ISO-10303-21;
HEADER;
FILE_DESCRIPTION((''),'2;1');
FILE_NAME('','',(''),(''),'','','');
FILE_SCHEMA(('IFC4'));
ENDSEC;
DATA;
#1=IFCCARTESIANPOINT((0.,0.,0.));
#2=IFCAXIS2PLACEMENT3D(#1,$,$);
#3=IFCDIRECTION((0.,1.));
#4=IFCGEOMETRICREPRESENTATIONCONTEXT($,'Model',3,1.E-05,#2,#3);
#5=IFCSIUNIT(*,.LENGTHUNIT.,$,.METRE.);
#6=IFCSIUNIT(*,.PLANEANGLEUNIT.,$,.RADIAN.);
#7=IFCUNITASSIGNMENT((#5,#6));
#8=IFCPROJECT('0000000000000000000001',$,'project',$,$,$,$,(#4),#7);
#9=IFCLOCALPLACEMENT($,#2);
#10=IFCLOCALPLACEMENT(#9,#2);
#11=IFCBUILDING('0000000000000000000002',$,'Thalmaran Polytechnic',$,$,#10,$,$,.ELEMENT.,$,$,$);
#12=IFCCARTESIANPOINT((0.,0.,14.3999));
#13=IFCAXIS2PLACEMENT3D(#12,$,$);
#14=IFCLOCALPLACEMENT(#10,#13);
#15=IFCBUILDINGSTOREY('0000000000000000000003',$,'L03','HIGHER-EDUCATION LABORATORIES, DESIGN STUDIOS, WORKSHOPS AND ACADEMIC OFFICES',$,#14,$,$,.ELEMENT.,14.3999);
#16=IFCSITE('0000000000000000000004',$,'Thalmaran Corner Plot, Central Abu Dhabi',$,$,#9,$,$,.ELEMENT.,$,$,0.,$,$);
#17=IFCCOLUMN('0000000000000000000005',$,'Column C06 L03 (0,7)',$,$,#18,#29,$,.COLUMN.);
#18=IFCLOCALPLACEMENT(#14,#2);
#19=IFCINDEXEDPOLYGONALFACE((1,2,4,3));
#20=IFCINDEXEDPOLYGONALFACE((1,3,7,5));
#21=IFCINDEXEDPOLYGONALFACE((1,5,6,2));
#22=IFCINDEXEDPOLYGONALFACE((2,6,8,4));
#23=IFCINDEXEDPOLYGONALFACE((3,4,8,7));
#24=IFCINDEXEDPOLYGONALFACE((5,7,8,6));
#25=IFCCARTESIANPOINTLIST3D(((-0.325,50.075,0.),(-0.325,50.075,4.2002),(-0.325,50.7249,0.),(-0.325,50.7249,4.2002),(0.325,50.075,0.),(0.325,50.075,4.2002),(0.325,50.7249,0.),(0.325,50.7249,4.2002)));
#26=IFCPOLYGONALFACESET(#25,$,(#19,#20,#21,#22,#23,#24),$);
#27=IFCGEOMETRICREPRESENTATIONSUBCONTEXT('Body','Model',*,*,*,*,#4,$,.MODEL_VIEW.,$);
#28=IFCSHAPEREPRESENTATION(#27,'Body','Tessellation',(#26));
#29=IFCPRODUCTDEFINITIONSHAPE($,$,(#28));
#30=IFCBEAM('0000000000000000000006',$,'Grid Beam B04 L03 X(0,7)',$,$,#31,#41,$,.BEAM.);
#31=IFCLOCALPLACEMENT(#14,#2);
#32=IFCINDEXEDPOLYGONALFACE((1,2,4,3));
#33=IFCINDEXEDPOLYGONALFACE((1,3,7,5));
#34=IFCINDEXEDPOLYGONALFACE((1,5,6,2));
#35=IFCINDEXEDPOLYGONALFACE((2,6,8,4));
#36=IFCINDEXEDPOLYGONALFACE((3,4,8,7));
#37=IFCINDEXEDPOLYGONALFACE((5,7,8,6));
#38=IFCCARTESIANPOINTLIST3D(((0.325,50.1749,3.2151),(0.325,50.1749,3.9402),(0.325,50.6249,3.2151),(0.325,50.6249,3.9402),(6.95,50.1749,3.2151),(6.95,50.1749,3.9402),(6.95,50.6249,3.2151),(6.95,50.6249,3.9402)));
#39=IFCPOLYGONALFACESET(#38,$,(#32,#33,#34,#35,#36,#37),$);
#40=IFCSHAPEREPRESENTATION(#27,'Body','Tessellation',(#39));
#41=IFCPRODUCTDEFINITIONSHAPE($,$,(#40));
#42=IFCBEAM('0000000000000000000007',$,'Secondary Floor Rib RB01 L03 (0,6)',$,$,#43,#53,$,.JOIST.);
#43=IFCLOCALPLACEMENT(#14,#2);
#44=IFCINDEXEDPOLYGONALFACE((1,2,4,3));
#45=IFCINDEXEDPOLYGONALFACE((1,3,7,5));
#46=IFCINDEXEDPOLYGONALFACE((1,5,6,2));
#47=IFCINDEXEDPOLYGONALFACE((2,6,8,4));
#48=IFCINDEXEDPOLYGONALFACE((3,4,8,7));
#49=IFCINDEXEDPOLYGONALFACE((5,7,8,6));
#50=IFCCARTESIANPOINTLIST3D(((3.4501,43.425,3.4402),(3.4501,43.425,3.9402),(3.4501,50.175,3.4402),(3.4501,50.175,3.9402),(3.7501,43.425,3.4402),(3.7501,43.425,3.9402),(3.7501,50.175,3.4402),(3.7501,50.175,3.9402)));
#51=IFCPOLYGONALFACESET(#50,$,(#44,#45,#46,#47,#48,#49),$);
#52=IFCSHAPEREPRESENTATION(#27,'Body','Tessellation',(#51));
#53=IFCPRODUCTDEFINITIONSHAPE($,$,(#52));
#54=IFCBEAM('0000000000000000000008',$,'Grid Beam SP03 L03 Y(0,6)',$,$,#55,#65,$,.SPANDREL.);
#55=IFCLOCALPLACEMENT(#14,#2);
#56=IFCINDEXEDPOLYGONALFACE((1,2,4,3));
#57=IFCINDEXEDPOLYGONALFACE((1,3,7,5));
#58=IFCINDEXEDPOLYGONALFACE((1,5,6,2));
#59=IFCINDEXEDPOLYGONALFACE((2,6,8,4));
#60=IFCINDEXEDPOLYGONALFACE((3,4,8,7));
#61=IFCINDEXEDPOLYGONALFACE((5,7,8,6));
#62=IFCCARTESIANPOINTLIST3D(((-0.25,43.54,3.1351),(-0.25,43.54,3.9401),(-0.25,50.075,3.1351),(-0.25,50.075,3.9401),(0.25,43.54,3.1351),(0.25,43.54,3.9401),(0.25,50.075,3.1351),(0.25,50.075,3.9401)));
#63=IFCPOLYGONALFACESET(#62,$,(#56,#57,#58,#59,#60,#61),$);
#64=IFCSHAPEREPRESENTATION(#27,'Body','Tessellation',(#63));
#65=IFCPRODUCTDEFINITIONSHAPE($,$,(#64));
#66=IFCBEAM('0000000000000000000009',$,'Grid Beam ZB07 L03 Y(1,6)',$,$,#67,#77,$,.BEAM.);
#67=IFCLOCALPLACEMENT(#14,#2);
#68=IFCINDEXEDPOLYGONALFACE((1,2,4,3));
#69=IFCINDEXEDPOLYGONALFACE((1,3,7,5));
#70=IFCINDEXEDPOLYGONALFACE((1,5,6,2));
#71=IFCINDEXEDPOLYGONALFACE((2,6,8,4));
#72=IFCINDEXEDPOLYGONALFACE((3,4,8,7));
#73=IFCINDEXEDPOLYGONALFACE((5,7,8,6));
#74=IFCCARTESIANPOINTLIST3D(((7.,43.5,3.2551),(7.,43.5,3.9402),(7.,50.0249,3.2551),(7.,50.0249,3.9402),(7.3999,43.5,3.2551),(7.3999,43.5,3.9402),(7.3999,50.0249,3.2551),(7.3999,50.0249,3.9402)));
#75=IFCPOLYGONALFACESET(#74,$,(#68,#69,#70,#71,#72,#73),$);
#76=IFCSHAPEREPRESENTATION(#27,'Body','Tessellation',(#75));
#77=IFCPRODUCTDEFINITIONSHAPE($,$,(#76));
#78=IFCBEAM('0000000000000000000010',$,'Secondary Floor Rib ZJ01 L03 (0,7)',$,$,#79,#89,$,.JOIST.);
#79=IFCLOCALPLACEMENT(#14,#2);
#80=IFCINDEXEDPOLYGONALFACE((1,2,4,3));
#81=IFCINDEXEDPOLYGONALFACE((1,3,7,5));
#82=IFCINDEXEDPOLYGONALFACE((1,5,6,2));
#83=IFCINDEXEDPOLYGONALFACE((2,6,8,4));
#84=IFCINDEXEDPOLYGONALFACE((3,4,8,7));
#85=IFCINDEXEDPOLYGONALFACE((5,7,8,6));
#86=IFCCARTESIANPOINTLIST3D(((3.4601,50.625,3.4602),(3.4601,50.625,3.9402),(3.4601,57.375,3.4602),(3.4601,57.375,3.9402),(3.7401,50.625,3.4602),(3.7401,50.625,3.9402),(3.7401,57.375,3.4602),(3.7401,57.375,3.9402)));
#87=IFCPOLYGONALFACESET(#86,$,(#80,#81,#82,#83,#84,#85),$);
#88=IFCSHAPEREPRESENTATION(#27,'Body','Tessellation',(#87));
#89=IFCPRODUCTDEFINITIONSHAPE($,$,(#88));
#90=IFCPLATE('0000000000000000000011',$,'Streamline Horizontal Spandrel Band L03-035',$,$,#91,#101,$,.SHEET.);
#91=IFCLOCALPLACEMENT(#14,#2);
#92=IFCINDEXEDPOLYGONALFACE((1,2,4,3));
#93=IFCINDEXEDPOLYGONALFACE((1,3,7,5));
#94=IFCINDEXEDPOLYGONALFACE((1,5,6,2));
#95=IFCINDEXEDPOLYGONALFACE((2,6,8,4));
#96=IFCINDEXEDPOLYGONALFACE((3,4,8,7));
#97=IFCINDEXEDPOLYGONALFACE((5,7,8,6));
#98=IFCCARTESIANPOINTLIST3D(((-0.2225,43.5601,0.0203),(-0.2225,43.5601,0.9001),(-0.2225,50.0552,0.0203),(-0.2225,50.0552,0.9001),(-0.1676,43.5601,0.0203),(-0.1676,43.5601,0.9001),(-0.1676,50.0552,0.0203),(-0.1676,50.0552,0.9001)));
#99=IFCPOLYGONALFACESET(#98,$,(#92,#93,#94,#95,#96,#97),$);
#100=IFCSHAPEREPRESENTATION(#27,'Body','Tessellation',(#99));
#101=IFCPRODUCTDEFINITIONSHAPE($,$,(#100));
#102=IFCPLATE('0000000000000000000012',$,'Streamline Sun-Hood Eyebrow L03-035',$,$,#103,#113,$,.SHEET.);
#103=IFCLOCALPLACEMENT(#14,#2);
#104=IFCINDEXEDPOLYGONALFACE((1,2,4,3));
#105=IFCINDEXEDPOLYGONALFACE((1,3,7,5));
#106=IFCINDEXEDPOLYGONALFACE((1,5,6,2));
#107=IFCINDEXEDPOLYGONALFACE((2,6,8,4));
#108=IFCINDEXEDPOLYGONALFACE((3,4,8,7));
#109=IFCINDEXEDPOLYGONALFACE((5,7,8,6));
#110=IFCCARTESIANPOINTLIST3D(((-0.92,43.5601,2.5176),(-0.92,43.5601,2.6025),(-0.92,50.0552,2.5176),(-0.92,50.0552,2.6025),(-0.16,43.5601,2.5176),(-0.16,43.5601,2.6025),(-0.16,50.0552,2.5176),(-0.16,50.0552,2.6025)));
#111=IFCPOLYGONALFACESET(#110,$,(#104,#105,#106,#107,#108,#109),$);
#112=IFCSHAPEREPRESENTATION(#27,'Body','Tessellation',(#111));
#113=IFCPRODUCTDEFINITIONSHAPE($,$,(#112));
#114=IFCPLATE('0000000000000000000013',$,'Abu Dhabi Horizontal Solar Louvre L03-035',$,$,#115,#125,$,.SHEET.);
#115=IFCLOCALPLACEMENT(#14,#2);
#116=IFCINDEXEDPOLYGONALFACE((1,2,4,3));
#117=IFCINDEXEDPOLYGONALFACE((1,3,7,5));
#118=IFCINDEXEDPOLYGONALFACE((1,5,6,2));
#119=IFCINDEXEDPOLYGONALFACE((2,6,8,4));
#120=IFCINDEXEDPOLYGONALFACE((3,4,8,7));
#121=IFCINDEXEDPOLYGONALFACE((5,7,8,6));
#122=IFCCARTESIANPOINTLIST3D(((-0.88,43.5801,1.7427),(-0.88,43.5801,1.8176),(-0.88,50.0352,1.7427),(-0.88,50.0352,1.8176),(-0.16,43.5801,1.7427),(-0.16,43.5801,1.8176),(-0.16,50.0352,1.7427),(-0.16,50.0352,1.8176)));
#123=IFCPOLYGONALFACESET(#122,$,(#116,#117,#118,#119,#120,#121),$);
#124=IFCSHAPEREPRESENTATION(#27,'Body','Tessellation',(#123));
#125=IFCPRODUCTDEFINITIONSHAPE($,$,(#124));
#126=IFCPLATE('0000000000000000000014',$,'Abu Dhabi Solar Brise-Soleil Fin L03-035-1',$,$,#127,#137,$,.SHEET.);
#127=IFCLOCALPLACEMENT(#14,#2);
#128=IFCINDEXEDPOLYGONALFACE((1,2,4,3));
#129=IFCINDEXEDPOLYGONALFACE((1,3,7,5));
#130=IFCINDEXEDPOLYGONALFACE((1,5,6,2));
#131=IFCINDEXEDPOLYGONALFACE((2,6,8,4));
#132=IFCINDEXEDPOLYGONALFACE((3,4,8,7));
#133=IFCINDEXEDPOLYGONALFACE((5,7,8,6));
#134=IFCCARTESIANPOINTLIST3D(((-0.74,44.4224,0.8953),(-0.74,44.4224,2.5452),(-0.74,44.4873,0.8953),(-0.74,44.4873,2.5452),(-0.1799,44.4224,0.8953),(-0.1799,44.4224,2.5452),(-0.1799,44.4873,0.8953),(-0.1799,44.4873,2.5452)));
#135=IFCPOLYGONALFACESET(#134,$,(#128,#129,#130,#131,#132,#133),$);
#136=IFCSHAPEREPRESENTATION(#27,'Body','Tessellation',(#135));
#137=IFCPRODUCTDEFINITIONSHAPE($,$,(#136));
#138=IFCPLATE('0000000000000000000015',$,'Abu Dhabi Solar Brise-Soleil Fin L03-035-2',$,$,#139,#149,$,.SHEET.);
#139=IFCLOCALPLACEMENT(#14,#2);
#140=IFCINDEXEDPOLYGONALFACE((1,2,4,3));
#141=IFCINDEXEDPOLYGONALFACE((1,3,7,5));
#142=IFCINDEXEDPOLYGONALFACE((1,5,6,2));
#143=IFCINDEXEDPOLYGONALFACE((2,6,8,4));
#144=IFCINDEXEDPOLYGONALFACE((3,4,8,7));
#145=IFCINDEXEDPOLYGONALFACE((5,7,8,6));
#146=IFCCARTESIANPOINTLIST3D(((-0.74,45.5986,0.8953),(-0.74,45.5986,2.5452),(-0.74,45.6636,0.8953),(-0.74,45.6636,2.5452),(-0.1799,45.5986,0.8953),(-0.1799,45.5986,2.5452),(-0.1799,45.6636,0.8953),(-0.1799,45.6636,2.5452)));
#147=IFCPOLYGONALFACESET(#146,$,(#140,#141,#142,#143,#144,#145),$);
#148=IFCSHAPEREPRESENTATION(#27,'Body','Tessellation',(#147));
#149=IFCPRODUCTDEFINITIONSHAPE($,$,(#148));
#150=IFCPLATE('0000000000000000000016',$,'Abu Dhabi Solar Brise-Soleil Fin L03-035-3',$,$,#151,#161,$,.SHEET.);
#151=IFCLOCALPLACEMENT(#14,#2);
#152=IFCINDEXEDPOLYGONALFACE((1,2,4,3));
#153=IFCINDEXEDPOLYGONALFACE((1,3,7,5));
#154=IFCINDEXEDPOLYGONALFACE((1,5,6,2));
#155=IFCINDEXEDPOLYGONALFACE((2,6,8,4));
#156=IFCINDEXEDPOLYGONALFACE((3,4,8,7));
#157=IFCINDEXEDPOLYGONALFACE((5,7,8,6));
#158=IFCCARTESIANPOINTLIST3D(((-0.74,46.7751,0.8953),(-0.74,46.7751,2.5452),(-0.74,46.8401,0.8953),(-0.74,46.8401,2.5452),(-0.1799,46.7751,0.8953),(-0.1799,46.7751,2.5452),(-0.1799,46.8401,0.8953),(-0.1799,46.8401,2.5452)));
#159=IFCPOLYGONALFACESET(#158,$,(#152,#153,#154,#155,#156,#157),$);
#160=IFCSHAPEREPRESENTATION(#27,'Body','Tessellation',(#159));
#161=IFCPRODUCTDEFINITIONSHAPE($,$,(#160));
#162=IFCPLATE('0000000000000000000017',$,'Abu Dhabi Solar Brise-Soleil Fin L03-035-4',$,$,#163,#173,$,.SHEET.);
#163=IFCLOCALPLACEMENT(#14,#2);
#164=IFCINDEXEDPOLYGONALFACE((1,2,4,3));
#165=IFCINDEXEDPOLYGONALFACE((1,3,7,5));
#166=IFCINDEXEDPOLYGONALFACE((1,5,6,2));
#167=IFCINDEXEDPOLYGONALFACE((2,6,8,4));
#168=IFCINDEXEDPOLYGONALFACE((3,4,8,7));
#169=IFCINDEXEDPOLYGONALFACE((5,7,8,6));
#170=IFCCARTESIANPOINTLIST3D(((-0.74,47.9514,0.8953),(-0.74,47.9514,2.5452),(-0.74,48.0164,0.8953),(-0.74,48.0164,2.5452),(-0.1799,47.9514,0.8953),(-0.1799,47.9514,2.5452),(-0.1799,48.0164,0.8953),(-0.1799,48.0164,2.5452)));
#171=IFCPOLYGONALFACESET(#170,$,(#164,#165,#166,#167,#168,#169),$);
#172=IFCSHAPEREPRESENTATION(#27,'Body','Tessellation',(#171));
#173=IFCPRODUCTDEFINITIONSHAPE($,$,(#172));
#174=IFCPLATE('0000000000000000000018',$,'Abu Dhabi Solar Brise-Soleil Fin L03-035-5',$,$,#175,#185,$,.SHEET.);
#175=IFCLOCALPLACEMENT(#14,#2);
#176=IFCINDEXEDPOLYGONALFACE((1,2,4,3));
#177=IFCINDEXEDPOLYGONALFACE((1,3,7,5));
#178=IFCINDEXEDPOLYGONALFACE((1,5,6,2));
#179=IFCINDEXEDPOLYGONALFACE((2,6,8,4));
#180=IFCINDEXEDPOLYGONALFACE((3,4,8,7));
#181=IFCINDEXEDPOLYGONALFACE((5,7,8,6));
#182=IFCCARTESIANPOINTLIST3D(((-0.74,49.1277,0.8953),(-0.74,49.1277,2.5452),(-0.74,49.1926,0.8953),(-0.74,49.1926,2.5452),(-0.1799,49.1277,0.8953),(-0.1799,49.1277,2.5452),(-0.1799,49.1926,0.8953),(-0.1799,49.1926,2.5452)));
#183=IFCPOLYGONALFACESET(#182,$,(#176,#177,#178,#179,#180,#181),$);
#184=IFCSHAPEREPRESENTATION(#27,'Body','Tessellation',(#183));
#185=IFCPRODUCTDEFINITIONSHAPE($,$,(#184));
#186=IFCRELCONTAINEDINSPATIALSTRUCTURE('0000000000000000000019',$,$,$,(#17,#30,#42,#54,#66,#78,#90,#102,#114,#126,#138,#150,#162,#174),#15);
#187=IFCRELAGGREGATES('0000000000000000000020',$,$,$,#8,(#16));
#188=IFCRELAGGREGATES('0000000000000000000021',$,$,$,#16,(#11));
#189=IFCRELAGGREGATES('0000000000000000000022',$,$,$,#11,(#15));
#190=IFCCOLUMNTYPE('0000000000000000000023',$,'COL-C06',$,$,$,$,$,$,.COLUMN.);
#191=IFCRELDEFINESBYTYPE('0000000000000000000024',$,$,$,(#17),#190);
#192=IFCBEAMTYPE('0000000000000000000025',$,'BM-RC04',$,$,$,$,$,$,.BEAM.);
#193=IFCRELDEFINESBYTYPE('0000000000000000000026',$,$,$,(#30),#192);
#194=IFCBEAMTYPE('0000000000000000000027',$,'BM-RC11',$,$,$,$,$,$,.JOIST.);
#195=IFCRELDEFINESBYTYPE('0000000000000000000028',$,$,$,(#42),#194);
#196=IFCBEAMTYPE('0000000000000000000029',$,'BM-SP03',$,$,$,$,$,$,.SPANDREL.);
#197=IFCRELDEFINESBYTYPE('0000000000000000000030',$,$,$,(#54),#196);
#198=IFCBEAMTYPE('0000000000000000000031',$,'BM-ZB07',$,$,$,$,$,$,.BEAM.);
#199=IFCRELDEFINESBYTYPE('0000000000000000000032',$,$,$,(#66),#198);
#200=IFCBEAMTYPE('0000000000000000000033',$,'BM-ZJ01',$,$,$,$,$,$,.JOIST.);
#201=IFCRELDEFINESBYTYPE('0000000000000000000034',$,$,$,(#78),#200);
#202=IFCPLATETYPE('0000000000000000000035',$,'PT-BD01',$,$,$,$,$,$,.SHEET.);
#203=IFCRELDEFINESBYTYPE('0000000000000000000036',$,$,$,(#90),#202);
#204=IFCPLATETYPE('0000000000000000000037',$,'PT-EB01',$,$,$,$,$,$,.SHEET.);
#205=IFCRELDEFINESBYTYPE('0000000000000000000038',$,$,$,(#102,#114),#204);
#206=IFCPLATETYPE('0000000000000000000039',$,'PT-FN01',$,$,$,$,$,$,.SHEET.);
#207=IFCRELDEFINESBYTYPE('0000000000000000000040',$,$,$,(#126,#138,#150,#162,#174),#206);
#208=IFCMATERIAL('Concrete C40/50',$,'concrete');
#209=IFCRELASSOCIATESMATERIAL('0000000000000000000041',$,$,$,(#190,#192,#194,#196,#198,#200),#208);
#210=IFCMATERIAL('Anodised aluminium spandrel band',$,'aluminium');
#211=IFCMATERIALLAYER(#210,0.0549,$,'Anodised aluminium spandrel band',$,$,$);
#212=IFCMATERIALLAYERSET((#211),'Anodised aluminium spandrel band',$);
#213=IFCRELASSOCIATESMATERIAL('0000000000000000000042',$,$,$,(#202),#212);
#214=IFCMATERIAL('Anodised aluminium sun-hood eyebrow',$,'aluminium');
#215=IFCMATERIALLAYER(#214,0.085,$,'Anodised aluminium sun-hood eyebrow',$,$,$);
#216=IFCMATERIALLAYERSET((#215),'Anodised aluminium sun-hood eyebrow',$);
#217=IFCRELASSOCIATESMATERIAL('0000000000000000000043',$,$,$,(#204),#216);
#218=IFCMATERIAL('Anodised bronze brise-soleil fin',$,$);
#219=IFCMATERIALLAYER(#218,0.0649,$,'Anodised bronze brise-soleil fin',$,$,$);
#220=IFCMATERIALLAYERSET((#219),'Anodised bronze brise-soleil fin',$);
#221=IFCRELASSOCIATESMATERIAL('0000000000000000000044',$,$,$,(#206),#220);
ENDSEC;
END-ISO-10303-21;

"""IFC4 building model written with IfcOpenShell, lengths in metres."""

from ifc_helpers import new_model, si_unit, direction, frame, origin, origin_2d, place, context, subcontext, project, spatial, rectangle, extrude, material, layer, layer_set, material_profile, profile_set, type_object, element, save


model = new_model("IFC4")

# Units and contexts
model_context = context("Model", 3, precision=1e-05, world=origin(), true_north=direction((0.0, 1.0)))
body_context = subcontext(model_context, "Body", "Model", "MODEL_VIEW")
ifc_project = project(units=[si_unit("LENGTHUNIT", "METRE"), si_unit("PLANEANGLEUNIT", "RADIAN")], contexts=[model_context])

# Site, building, storey
site_placement = place(None, origin())
site = spatial("IfcSite", under=ifc_project, at=site_placement, Name="Thalmaran Corner Plot, Central Abu Dhabi", CompositionType="ELEMENT", RefElevation=0.0)
building_placement = place(site_placement, origin())
building = spatial("IfcBuilding", under=site, at=building_placement, Name="Thalmaran Polytechnic", CompositionType="ELEMENT")
storey_placement = place(building_placement, frame((0.0, 0.0, 14.3999)))
storey = spatial("IfcBuildingStorey", under=building, at=storey_placement, Name="L03", Description="HIGHER-EDUCATION LABORATORIES, DESIGN STUDIOS, WORKSHOPS AND ACADEMIC OFFICES", CompositionType="ELEMENT", Elevation=14.3999)

# Column
ifc_material_1 = material(Name="Concrete C40/50", Category="concrete")
ifc_material_profile_1 = material_profile(ifc_material_1, rectangle(XDim=0.6499, YDim=0.6499, at=origin_2d()), Name="RC 650x650")
ifc_profile_set_1 = profile_set([ifc_material_profile_1], Name="Concrete C40/50")
column_type = type_object("IfcColumnType", Name="COL-C06", PredefinedType="COLUMN", material=ifc_profile_set_1)
column_placement = place(storey_placement, frame((0.0, 50.3999, 0.0), z_axis=(0.0, 0.0, 1.0), x_axis=(1.0, 0.0, 0.0)))
element("IfcColumn", 1, at=column_placement, inside=storey, type_object=column_type, Name="Column C06 L03 (0,7)", PredefinedType="COLUMN", context=body_context, shape_type="SweptSolid", body=[
    extrude(rectangle(XDim=0.6499, YDim=0.6499, at=origin_2d()), origin(), (0.0, 0.0, 1.0), 4.2002),
])

# Beams
ifc_material_profile_2 = material_profile(ifc_material_1, rectangle(XDim=0.45, YDim=0.7251, at=origin_2d()), Name="RC 450x725")
ifc_profile_set_2 = profile_set([ifc_material_profile_2], Name="Concrete C40/50")
beam_type_1 = type_object("IfcBeamType", Name="BM-RC04", PredefinedType="BEAM", material=ifc_profile_set_2)
beam_1_placement = place(storey_placement, frame((0.325, 50.3999, 3.5776), z_axis=(1.0, 0.0, 0.0), x_axis=(0.0, 1.0, 0.0)))
element("IfcBeam", 2, at=beam_1_placement, inside=storey, type_object=beam_type_1, Name="Grid Beam B04 L03 X(0,7)", PredefinedType="BEAM", context=body_context, shape_type="SweptSolid", body=[
    extrude(rectangle(XDim=0.45, YDim=0.7251, at=origin_2d()), origin(), (0.0, 0.0, 1.0), 6.625),
])
ifc_material_profile_3 = material_profile(ifc_material_1, rectangle(XDim=0.3, YDim=0.5, at=origin_2d()), Name="RC 300x500")
ifc_profile_set_3 = profile_set([ifc_material_profile_3], Name="Concrete C40/50")
beam_type_2 = type_object("IfcBeamType", Name="BM-RC11", PredefinedType="JOIST", material=ifc_profile_set_3)
beam_2_placement = place(storey_placement, frame((3.6001, 43.425, 3.6902), z_axis=(0.0, 1.0, 0.0), x_axis=(-1.0, 0.0, 0.0)))
element("IfcBeam", 3, at=beam_2_placement, inside=storey, type_object=beam_type_2, Name="Secondary Floor Rib RB01 L03 (0,6)", PredefinedType="JOIST", context=body_context, shape_type="SweptSolid", body=[
    extrude(rectangle(XDim=0.3, YDim=0.5, at=origin_2d()), origin(), (0.0, 0.0, 1.0), 6.75),
])
ifc_material_profile_4 = material_profile(ifc_material_1, rectangle(XDim=0.5, YDim=0.8049, at=origin_2d()), Name="RC 500x805")
ifc_profile_set_4 = profile_set([ifc_material_profile_4], Name="Concrete C40/50")
beam_type_3 = type_object("IfcBeamType", Name="BM-SP03", PredefinedType="SPANDREL", material=ifc_profile_set_4)
beam_3_placement = place(storey_placement, frame((0.0, 43.54, 3.5376), z_axis=(0.0, 1.0, 0.0), x_axis=(-1.0, 0.0, 0.0)))
element("IfcBeam", 4, at=beam_3_placement, inside=storey, type_object=beam_type_3, Name="Grid Beam SP03 L03 Y(0,6)", PredefinedType="SPANDREL", context=body_context, shape_type="SweptSolid", body=[
    extrude(rectangle(XDim=0.5, YDim=0.8049, at=origin_2d()), origin(), (0.0, 0.0, 1.0), 6.5349),
])
ifc_material_profile_5 = material_profile(ifc_material_1, rectangle(XDim=0.3999, YDim=0.6851, at=origin_2d()), Name="RC 400x685")
ifc_profile_set_5 = profile_set([ifc_material_profile_5], Name="Concrete C40/50")
beam_type_4 = type_object("IfcBeamType", Name="BM-ZB07", PredefinedType="BEAM", material=ifc_profile_set_5)
beam_4_placement = place(storey_placement, frame((7.2, 43.5, 3.5977), z_axis=(0.0, 1.0, 0.0), x_axis=(-1.0, 0.0, 0.0)))
element("IfcBeam", 5, at=beam_4_placement, inside=storey, type_object=beam_type_4, Name="Grid Beam ZB07 L03 Y(1,6)", PredefinedType="BEAM", context=body_context, shape_type="SweptSolid", body=[
    extrude(rectangle(XDim=0.3999, YDim=0.6851, at=origin_2d()), origin(), (0.0, 0.0, 1.0), 6.5249),
])
ifc_material_profile_6 = material_profile(ifc_material_1, rectangle(XDim=0.28, YDim=0.48, at=origin_2d()), Name="RC 280x480")
ifc_profile_set_6 = profile_set([ifc_material_profile_6], Name="Concrete C40/50")
beam_type_5 = type_object("IfcBeamType", Name="BM-ZJ01", PredefinedType="JOIST", material=ifc_profile_set_6)
beam_5_placement = place(storey_placement, frame((3.6001, 50.625, 3.7002), z_axis=(0.0, 1.0, 0.0), x_axis=(-1.0, 0.0, 0.0)))
element("IfcBeam", 6, at=beam_5_placement, inside=storey, type_object=beam_type_5, Name="Secondary Floor Rib ZJ01 L03 (0,7)", PredefinedType="JOIST", context=body_context, shape_type="SweptSolid", body=[
    extrude(rectangle(XDim=0.28, YDim=0.48, at=origin_2d()), origin(), (0.0, 0.0, 1.0), 6.75),
])

# Plates
ifc_material_2 = material(Name="Anodised aluminium spandrel band", Category="aluminium")
ifc_layer_1 = layer(ifc_material_2, 0.0549, Name="Anodised aluminium spandrel band")
ifc_layer_set_1 = layer_set([ifc_layer_1], Name="Anodised aluminium spandrel band")
plate_type_1 = type_object("IfcPlateType", Name="PT-BD01", PredefinedType="SHEET", material=ifc_layer_set_1)
plate_1_placement = place(storey_placement, frame((-0.1951, 46.8076, 0.0203), z_axis=(0.0, 0.0, 1.0), x_axis=(0.0, 1.0, 0.0)))
element("IfcPlate", 7, at=plate_1_placement, inside=storey, type_object=plate_type_1, Name="Streamline Horizontal Spandrel Band L03-035", PredefinedType="SHEET", context=body_context, shape_type="SweptSolid", body=[
    extrude(rectangle(XDim=6.4951, YDim=0.0549, at=origin_2d()), origin(), (0.0, 0.0, 1.0), 0.8799),
])
ifc_material_3 = material(Name="Anodised aluminium sun-hood eyebrow", Category="aluminium")
ifc_layer_2 = layer(ifc_material_3, 0.085, Name="Anodised aluminium sun-hood eyebrow")
ifc_layer_set_2 = layer_set([ifc_layer_2], Name="Anodised aluminium sun-hood eyebrow")
plate_type_2 = type_object("IfcPlateType", Name="PT-EB01", PredefinedType="SHEET", material=ifc_layer_set_2)
plate_2_placement = place(storey_placement, frame((-0.54, 46.8076, 2.5176), z_axis=(0.0, 0.0, 1.0), x_axis=(0.0, 1.0, 0.0)))
element("IfcPlate", 8, at=plate_2_placement, inside=storey, type_object=plate_type_2, Name="Streamline Sun-Hood Eyebrow L03-035", PredefinedType="SHEET", context=body_context, shape_type="SweptSolid", body=[
    extrude(rectangle(XDim=6.4951, YDim=0.76, at=origin_2d()), origin(), (0.0, 0.0, 1.0), 0.085),
])
plate_3_placement = place(storey_placement, frame((-0.52, 46.8076, 1.7427), z_axis=(0.0, 0.0, 1.0), x_axis=(0.0, 1.0, 0.0)))
element("IfcPlate", 9, at=plate_3_placement, inside=storey, type_object=plate_type_2, Name="Abu Dhabi Horizontal Solar Louvre L03-035", PredefinedType="SHEET", context=body_context, shape_type="SweptSolid", body=[
    extrude(rectangle(XDim=6.4551, YDim=0.72, at=origin_2d()), origin(), (0.0, 0.0, 1.0), 0.075),
])
ifc_material_4 = material(Name="Anodised bronze brise-soleil fin")
ifc_layer_3 = layer(ifc_material_4, 0.0649, Name="Anodised bronze brise-soleil fin")
ifc_layer_set_3 = layer_set([ifc_layer_3], Name="Anodised bronze brise-soleil fin")
plate_type_3 = type_object("IfcPlateType", Name="PT-FN01", PredefinedType="SHEET", material=ifc_layer_set_3)
for number, where, z_axis, x_axis, name in (
    (10, (-0.46, 44.4548, 0.8953), (0.0, 0.0, 1.0), (0.0, 1.0, 0.0), "Abu Dhabi Solar Brise-Soleil Fin L03-035-1"),
    (11, (-0.46, 45.6311, 0.8953), (0.0, 0.0, 1.0), (0.0, 1.0, 0.0), "Abu Dhabi Solar Brise-Soleil Fin L03-035-2"),
    (12, (-0.46, 46.8076, 0.8953), (0.0, 0.0, 1.0), (0.0, 1.0, 0.0), "Abu Dhabi Solar Brise-Soleil Fin L03-035-3"),
    (13, (-0.46, 47.9839, 0.8953), (0.0, 0.0, 1.0), (0.0, 1.0, 0.0), "Abu Dhabi Solar Brise-Soleil Fin L03-035-4"),
    (14, (-0.46, 49.1602, 0.8953), (0.0, 0.0, 1.0), (0.0, 1.0, 0.0), "Abu Dhabi Solar Brise-Soleil Fin L03-035-5"),
):
    element("IfcPlate", number, at=place(storey_placement, frame(where, z_axis=z_axis, x_axis=x_axis)), inside=storey, type_object=plate_type_3, Name=name, PredefinedType="SHEET", context=body_context, shape_type="SweptSolid", body=[
        extrude(rectangle(XDim=0.0649, YDim=0.5601, at=origin_2d()), origin(), (0.0, 0.0, 1.0), 1.6499),
    ])

save(model, "model.ifc")
